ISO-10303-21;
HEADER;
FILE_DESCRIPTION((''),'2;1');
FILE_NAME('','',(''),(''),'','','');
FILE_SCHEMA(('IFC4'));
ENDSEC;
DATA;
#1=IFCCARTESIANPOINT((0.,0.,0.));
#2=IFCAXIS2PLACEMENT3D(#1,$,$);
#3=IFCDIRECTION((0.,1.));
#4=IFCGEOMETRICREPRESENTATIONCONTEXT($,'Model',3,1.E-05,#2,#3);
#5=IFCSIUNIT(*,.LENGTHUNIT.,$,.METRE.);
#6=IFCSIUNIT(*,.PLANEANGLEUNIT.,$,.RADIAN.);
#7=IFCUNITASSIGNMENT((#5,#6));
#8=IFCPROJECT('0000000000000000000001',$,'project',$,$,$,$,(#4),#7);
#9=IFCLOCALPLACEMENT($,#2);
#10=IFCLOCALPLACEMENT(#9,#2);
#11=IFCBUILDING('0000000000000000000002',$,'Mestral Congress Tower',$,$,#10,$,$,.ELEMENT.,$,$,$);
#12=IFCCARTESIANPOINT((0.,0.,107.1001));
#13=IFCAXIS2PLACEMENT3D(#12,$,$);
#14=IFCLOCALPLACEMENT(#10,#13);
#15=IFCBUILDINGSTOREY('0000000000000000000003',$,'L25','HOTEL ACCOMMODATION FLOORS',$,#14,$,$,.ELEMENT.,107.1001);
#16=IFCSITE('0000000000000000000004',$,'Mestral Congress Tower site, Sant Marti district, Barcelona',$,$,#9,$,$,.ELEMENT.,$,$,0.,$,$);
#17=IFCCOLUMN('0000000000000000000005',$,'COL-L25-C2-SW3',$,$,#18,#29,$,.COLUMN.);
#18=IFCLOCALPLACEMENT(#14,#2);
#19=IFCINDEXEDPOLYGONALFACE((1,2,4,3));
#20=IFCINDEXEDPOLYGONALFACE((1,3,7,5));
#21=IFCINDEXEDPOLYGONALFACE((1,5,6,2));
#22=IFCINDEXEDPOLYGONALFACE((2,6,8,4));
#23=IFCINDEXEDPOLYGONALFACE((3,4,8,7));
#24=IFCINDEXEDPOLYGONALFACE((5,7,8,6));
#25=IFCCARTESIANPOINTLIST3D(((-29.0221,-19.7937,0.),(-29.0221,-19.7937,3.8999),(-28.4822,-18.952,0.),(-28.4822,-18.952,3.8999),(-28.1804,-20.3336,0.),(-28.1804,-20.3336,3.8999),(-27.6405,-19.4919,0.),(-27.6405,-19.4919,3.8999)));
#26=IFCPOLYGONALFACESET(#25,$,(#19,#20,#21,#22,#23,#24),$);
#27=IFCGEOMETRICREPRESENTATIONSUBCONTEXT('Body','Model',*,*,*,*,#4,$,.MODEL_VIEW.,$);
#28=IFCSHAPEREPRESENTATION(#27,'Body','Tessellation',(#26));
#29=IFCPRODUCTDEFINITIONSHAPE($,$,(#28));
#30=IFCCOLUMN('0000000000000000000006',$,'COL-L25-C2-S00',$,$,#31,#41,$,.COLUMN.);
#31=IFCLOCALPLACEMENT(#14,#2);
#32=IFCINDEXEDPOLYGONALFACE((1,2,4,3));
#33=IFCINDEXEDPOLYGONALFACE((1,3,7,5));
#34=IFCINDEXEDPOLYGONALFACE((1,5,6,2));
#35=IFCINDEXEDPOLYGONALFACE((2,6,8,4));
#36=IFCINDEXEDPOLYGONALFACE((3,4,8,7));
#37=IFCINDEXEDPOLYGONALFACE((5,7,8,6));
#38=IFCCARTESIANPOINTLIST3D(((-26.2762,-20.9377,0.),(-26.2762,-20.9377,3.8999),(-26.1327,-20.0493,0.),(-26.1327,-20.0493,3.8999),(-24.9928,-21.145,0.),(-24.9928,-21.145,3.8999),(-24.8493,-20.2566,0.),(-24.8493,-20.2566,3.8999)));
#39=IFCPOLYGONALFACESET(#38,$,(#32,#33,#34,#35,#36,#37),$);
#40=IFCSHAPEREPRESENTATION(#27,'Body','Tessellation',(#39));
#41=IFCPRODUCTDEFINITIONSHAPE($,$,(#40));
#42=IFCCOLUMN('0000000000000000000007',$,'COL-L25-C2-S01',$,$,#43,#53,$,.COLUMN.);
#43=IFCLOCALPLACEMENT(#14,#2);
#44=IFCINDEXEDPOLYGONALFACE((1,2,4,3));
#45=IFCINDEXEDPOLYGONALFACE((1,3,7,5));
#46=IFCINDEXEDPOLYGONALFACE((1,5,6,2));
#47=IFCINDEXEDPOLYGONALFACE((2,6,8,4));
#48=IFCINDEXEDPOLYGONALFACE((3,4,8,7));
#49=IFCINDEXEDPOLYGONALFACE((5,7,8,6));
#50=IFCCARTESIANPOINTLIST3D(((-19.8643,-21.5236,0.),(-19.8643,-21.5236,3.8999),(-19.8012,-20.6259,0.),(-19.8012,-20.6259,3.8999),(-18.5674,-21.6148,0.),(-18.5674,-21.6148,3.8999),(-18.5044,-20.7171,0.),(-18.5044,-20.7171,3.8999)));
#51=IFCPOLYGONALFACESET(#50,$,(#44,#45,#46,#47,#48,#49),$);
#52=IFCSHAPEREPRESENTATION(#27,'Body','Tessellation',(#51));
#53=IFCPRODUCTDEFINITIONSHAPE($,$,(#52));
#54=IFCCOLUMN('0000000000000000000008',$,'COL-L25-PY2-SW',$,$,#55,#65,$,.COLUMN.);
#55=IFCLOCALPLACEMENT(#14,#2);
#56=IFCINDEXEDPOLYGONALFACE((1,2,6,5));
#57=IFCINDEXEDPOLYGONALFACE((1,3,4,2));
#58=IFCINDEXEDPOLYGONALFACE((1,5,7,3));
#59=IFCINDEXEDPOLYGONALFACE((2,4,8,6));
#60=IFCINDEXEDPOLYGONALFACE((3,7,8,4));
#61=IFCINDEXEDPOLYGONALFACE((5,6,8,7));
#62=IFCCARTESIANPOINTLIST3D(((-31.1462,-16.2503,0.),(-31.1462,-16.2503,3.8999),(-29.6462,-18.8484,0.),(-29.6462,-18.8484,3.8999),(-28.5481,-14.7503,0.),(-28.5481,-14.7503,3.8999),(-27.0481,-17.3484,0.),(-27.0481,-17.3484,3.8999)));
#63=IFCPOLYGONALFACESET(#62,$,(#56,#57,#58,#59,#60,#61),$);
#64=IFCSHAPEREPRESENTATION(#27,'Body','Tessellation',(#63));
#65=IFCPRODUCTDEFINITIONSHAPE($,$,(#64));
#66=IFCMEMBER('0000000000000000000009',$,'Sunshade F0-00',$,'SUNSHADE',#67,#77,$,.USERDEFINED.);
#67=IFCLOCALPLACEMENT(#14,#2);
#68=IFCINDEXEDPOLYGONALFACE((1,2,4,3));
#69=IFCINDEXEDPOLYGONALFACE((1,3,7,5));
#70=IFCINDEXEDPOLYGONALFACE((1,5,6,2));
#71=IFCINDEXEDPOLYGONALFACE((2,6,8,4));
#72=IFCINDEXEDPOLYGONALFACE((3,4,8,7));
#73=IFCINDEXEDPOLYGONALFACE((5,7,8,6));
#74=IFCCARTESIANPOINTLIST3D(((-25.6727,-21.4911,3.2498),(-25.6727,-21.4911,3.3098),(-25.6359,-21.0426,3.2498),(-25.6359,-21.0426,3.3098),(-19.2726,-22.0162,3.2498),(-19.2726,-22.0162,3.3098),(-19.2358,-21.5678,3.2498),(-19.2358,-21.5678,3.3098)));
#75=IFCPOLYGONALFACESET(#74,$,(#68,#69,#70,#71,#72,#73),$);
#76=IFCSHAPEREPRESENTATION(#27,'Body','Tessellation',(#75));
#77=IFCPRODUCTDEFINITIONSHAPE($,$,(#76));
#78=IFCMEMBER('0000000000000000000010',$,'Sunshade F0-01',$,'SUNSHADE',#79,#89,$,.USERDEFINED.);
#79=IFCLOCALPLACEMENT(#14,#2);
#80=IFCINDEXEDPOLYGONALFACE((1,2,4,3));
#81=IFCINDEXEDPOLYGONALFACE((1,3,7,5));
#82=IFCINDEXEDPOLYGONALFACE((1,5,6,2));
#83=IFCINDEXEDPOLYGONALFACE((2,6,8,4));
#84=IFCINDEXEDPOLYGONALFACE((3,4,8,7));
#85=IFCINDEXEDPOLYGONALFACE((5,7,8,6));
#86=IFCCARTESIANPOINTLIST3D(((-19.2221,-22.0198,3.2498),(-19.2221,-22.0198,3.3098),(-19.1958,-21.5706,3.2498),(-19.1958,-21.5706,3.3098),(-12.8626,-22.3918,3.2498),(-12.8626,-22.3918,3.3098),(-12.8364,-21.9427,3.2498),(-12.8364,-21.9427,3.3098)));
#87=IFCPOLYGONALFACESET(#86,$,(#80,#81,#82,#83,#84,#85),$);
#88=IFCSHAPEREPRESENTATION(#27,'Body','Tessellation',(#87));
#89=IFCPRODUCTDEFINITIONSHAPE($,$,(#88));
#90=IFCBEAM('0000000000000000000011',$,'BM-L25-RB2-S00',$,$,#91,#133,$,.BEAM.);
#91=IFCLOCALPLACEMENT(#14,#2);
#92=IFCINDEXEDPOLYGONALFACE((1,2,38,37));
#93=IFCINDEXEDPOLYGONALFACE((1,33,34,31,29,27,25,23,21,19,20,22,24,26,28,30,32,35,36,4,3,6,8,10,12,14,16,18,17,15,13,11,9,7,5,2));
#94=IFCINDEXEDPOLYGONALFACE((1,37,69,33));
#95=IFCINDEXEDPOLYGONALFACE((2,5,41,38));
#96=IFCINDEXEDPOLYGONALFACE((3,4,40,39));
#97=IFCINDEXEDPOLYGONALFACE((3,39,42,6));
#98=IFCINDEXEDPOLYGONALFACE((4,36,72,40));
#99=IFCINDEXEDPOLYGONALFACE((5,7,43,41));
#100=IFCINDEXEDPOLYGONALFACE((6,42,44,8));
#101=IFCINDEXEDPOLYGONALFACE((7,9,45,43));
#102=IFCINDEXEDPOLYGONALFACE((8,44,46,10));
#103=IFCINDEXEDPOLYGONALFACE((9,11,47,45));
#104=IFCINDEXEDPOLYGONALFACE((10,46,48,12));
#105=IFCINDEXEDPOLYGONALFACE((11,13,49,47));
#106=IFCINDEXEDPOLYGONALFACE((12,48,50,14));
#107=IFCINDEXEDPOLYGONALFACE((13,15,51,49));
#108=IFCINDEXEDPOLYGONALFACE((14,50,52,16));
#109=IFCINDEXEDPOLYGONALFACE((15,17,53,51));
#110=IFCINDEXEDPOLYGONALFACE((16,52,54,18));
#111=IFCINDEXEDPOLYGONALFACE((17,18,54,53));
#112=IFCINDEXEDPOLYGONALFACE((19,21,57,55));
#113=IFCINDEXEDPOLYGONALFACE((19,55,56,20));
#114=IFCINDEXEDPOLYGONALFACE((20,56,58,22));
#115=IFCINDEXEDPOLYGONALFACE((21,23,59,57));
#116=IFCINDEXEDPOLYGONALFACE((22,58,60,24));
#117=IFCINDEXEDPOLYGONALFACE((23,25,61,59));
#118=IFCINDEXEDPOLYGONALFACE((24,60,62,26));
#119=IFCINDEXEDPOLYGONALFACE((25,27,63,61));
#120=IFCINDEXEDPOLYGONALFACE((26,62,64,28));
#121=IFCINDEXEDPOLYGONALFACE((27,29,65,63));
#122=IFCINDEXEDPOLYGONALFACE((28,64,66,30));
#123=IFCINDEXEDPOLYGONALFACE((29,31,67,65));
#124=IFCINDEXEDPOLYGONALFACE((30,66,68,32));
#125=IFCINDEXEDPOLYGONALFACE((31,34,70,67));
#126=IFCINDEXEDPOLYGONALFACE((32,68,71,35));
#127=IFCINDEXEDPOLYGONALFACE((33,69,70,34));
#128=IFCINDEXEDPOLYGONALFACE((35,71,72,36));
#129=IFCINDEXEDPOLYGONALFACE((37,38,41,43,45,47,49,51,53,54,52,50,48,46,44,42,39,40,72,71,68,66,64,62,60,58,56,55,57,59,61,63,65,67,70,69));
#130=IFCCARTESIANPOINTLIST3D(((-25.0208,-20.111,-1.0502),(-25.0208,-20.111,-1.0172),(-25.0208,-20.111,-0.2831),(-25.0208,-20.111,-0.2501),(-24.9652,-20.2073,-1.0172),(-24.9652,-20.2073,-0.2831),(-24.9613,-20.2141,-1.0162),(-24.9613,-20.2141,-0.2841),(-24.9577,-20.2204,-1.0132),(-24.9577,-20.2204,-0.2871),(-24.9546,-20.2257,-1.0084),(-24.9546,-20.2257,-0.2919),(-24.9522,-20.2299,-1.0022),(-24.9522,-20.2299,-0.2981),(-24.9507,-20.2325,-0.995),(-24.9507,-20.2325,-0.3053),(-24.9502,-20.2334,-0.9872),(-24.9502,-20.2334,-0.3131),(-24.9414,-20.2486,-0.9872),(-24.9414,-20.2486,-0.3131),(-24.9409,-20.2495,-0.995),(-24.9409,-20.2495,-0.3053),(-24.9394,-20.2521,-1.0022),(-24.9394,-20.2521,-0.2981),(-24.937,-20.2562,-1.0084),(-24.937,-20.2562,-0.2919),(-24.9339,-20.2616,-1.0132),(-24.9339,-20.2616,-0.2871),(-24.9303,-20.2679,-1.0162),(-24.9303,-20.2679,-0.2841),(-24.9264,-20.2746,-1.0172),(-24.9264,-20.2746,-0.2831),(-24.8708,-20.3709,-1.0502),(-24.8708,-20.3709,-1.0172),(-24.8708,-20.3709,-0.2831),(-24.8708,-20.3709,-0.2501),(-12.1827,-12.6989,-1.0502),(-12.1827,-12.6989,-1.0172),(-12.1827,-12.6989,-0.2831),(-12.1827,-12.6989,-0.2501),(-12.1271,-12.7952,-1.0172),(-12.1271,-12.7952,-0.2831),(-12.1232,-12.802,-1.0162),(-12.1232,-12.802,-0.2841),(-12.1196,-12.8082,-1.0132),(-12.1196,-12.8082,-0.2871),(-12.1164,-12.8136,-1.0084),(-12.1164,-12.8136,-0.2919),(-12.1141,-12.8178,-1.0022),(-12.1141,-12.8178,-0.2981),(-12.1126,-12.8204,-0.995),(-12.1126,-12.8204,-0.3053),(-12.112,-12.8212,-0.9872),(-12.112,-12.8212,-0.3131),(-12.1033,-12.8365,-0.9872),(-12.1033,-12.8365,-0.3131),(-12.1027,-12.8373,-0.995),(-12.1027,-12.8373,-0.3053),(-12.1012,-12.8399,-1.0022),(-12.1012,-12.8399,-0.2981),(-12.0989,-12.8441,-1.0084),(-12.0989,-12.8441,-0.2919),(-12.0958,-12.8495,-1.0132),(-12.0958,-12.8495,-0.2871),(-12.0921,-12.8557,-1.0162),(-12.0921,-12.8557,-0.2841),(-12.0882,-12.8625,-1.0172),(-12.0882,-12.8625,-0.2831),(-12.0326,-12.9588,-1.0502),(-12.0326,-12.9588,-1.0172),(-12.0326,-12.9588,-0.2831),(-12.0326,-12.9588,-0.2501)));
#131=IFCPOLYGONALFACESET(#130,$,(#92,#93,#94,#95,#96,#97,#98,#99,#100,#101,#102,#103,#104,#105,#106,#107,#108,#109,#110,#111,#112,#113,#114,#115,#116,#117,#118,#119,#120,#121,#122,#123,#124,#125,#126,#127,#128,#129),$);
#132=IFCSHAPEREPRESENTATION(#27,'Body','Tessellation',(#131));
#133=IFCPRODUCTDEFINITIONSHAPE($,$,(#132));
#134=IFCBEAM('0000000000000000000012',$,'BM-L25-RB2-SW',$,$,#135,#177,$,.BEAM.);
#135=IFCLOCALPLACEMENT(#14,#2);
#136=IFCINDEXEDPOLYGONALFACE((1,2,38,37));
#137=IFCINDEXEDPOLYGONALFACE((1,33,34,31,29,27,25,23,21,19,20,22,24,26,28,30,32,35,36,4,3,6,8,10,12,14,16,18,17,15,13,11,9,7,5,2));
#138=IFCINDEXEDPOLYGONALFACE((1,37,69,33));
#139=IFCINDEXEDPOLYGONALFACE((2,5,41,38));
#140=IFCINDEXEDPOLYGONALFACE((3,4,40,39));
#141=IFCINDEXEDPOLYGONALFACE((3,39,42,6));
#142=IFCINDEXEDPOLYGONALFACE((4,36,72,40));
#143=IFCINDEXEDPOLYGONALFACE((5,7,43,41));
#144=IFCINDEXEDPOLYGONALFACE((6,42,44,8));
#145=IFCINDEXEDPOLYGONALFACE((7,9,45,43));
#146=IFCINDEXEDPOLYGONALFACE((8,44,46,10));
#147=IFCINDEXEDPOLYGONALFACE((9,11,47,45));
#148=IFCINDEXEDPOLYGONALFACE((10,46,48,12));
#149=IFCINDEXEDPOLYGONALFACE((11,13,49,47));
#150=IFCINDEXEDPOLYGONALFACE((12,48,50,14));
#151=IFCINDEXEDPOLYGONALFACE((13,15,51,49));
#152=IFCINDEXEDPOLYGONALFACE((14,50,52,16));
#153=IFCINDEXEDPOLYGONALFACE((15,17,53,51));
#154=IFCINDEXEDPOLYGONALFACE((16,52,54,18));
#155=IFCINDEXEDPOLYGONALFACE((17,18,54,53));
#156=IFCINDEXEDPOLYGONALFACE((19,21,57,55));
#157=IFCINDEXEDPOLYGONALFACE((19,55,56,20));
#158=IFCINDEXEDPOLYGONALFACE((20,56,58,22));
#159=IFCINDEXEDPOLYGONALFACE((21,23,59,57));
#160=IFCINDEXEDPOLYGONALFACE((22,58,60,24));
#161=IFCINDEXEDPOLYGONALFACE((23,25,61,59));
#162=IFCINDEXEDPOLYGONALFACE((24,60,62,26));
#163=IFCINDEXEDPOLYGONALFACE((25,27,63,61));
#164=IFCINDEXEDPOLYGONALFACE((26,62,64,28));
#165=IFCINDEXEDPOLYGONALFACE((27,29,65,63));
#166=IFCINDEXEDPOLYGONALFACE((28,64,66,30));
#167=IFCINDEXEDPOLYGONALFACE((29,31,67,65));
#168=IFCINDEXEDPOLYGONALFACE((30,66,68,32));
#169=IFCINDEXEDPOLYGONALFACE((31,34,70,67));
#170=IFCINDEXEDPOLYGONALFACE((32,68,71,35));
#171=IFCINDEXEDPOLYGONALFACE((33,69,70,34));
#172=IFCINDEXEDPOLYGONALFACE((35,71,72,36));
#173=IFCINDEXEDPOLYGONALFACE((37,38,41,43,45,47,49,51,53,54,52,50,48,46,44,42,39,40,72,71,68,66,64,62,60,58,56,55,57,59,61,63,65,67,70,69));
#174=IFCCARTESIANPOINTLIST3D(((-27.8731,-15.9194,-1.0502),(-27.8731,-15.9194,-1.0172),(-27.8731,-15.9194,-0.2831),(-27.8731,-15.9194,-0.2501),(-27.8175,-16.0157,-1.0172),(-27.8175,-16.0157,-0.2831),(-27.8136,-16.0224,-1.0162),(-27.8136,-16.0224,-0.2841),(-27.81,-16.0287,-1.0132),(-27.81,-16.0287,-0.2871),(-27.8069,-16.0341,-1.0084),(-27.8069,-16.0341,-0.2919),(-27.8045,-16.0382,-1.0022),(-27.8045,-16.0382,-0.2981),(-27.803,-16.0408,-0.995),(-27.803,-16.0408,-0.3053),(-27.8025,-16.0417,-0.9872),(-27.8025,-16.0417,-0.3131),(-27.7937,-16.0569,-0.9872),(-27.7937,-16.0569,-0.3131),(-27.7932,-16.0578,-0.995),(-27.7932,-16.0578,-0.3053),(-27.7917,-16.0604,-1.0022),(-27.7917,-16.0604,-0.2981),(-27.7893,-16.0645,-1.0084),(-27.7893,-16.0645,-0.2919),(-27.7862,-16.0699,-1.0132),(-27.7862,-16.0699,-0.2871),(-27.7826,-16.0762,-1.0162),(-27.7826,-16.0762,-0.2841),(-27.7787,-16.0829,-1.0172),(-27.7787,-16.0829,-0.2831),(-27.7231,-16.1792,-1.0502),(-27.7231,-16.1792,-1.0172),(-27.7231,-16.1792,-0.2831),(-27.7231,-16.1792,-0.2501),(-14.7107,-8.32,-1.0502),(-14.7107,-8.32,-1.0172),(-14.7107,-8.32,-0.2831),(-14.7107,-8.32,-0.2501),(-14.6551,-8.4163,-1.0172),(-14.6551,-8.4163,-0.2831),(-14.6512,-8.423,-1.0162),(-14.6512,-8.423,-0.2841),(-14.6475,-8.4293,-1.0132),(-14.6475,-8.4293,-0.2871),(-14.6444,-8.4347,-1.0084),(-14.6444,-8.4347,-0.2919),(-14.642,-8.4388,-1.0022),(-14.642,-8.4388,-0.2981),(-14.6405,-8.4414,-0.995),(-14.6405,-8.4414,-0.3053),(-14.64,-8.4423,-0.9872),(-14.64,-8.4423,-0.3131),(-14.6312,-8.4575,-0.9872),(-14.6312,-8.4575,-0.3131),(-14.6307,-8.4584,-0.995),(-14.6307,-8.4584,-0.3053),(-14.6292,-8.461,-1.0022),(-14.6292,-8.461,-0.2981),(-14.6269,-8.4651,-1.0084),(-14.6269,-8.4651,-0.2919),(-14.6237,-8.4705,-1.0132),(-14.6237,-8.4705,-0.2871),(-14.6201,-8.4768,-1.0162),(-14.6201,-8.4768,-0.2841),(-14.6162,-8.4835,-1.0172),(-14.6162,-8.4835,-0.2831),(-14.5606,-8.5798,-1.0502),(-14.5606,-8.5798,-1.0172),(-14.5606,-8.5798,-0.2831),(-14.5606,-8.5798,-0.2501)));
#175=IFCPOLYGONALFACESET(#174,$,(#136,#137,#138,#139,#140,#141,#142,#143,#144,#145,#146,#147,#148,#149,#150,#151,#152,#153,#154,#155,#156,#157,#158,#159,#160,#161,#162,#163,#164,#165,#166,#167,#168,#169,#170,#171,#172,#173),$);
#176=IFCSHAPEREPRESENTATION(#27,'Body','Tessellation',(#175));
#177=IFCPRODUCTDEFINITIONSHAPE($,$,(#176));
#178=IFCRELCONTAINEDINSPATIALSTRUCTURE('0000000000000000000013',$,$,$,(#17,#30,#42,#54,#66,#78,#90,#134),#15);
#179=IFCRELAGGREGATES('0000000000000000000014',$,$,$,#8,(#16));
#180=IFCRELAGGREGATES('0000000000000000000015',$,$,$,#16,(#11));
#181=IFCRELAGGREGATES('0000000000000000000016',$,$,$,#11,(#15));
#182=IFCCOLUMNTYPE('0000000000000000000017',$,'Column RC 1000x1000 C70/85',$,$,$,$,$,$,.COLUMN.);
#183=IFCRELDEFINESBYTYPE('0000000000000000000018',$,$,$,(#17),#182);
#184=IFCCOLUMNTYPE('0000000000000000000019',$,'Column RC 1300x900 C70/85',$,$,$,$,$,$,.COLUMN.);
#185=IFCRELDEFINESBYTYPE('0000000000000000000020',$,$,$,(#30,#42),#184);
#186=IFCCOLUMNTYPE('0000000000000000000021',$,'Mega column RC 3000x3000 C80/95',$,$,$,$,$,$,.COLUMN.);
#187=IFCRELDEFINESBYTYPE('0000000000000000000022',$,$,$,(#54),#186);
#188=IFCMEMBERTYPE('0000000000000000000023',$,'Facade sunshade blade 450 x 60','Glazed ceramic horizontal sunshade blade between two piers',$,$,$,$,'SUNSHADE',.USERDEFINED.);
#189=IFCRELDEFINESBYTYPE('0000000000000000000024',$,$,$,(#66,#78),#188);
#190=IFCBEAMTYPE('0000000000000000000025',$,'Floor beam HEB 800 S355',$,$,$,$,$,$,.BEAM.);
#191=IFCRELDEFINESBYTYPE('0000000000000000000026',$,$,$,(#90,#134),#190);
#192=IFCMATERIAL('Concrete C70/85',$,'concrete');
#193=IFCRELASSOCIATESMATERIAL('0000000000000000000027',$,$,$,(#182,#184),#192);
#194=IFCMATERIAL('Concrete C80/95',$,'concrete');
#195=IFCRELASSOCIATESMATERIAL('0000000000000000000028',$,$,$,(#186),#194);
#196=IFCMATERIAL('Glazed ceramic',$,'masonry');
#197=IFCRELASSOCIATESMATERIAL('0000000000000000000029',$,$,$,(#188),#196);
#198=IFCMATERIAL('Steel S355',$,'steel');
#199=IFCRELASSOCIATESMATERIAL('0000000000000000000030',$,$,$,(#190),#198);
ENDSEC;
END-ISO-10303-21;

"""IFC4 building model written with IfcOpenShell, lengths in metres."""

from ifc_helpers import new_model, si_unit, direction, frame, origin, origin_2d, place, context, subcontext, project, spatial, rectangle, i_section, extrude, material, material_profile, profile_set, type_object, element, save


model = new_model("IFC4")

# Units and contexts
model_context = context("Model", 3, precision=1e-05, world=origin(), true_north=direction((0.0, 1.0)))
body_context = subcontext(model_context, "Body", "Model", "MODEL_VIEW")
ifc_project = project(units=[si_unit("LENGTHUNIT", "METRE"), si_unit("PLANEANGLEUNIT", "RADIAN")], contexts=[model_context])

# Site, building, storey
site_placement = place(None, origin())
site = spatial("IfcSite", under=ifc_project, at=site_placement, Name="Mestral Congress Tower site, Sant Marti district, Barcelona", CompositionType="ELEMENT", RefElevation=0.0)
building_placement = place(site_placement, origin())
building = spatial("IfcBuilding", under=site, at=building_placement, Name="Mestral Congress Tower", CompositionType="ELEMENT")
storey_placement = place(building_placement, frame((0.0, 0.0, 107.1001)))
storey = spatial("IfcBuildingStorey", under=building, at=storey_placement, Name="L25", Description="HOTEL ACCOMMODATION FLOORS", CompositionType="ELEMENT", Elevation=107.1001)

# Columns
ifc_material_1 = material(Name="Concrete C70/85", Category="concrete")
ifc_material_profile_1 = material_profile(ifc_material_1, rectangle(XDim=1.0, YDim=1.0, at=origin_2d()), Name="RC 1000x1000")
ifc_profile_set_1 = profile_set([ifc_material_profile_1], Name="Concrete C70/85")
column_type_1 = type_object("IfcColumnType", Name="Column RC 1000x1000 C70/85", PredefinedType="COLUMN", material=ifc_profile_set_1)
column_1_placement = place(storey_placement, frame((-28.3313, -19.6428, 0.0), z_axis=(0.0, 0.0, 1.0), x_axis=(0.8417, -0.539945, 0.0)))
element("IfcColumn", 1, at=column_1_placement, inside=storey, type_object=column_type_1, Name="COL-L25-C2-SW3", PredefinedType="COLUMN", context=body_context, shape_type="SweptSolid", body=[
    extrude(rectangle(XDim=1.0, YDim=1.0, at=origin_2d()), origin(), (0.0, 0.0, 1.0), 3.8999),
])
ifc_material_profile_2 = material_profile(ifc_material_1, rectangle(XDim=1.3, YDim=0.8999, at=origin_2d()), Name="RC 1300x900")
ifc_profile_set_2 = profile_set([ifc_material_profile_2], Name="Concrete C70/85")
column_type_2 = type_object("IfcColumnType", Name="Column RC 1300x900 C70/85", PredefinedType="COLUMN", material=ifc_profile_set_2)
for number, where, z_axis, x_axis, name in (
    (2, (-25.5627, -20.5972, 0.0), (0.0, 0.0, 1.0), (0.987202, -0.159473, 0.0), "COL-L25-C2-S00"),
    (3, (-19.1843, -21.1204, 0.0), (0.0, 0.0, 1.0), (0.99754, -0.070101, 0.0), "COL-L25-C2-S01"),
):
    element("IfcColumn", number, at=place(storey_placement, frame(where, z_axis=z_axis, x_axis=x_axis)), inside=storey, type_object=column_type_2, Name=name, PredefinedType="COLUMN", context=body_context, shape_type="SweptSolid", body=[
        extrude(rectangle(XDim=1.3, YDim=0.8999, at=origin_2d()), origin(), (0.0, 0.0, 1.0), 3.8999),
    ])
ifc_material_2 = material(Name="Concrete C80/95", Category="concrete")
ifc_material_profile_3 = material_profile(ifc_material_2, rectangle(XDim=3.0, YDim=3.0, at=origin_2d()), Name="RC 3000x3000")
ifc_profile_set_3 = profile_set([ifc_material_profile_3], Name="Concrete C80/95")
column_type_3 = type_object("IfcColumnType", Name="Mega column RC 3000x3000 C80/95", PredefinedType="COLUMN", material=ifc_profile_set_3)
column_2_placement = place(storey_placement, frame((-29.0972, -16.7993, 0.0), z_axis=(0.0, 0.0, 1.0), x_axis=(-0.866025, -0.5, 0.0)))
element("IfcColumn", 4, at=column_2_placement, inside=storey, type_object=column_type_3, Name="COL-L25-PY2-SW", PredefinedType="COLUMN", context=body_context, shape_type="SweptSolid", body=[
    extrude(rectangle(XDim=3.0, YDim=3.0, at=origin_2d()), origin(), (0.0, 0.0, 1.0), 3.8999),
])

# Members
ifc_material_3 = material(Name="Glazed ceramic", Category="masonry")
ifc_material_profile_4 = material_profile(ifc_material_3, rectangle(XDim=0.45, YDim=0.0601, at=origin_2d()), Name="Ceramic blade 450 x 60")
ifc_profile_set_4 = profile_set([ifc_material_profile_4], Name="Glazed ceramic")
member_type = type_object("IfcMemberType", Name="Facade sunshade blade 450 x 60", Description="Glazed ceramic horizontal sunshade blade between two piers", ElementType="SUNSHADE", PredefinedType="USERDEFINED", material=ifc_profile_set_4)
member_1_placement = place(storey_placement, frame((-25.6543, -21.2668, 3.2798), z_axis=(0.996651, -0.081777, 0.0), x_axis=(0.081777, 0.996651, 0.0)))
element("IfcMember", 5, at=member_1_placement, inside=storey, type_object=member_type, Name="Sunshade F0-00", ObjectType="SUNSHADE", PredefinedType="USERDEFINED", context=body_context, shape_type="SweptSolid", body=[
    extrude(rectangle(XDim=0.45, YDim=0.0601, at=origin_2d()), origin(), (0.0, 0.0, 1.0), 6.4216),
])
member_2_placement = place(storey_placement, frame((-19.209, -21.7952, 3.2798), z_axis=(0.998293, -0.058407, 0.0), x_axis=(0.058407, 0.998293, 0.0)))
element("IfcMember", 6, at=member_2_placement, inside=storey, type_object=member_type, Name="Sunshade F0-01", ObjectType="SUNSHADE", PredefinedType="USERDEFINED", context=body_context, shape_type="SweptSolid", body=[
    extrude(rectangle(XDim=0.45, YDim=0.0601, at=origin_2d()), origin(), (0.0, 0.0, 1.0), 6.3704),
])

# Beams
ifc_material_4 = material(Name="Steel S355", Category="steel")
ifc_material_profile_5 = material_profile(ifc_material_4, i_section(OverallWidth=0.3, OverallDepth=0.8, WebThickness=0.0176, FlangeThickness=0.033, FilletRadius=0.03, at=origin_2d()), Name="HEB 800")
ifc_profile_set_5 = profile_set([ifc_material_profile_5], Name="Steel S355")
beam_type_1 = type_object("IfcBeamType", Name="Floor beam HEB 800 S355", PredefinedType="BEAM", material=ifc_profile_set_5)
beam_1_placement = place(storey_placement, frame((-24.9458, -20.241, -0.6501), z_axis=(0.866025, 0.5, 0.0), x_axis=(-0.5, 0.866025, 0.0)))
element("IfcBeam", 7, at=beam_1_placement, inside=storey, type_object=beam_type_1, Name="BM-L25-RB2-S00", PredefinedType="BEAM", context=body_context, shape_type="SweptSolid", body=[
    extrude(i_section(OverallWidth=0.3, OverallDepth=0.8, WebThickness=0.0176, FlangeThickness=0.033, FilletRadius=0.03, at=origin_2d()), origin(), (0.0, 0.0, 1.0), 14.8242),
])
beam_2_placement = place(storey_placement, frame((-27.7981, -16.0493, -0.6501), z_axis=(0.866023, 0.500004, 0.0), x_axis=(-0.500004, 0.866023, 0.0)))
element("IfcBeam", 8, at=beam_2_placement, inside=storey, type_object=beam_type_1, Name="BM-L25-RB2-SW", PredefinedType="BEAM", context=body_context, shape_type="SweptSolid", body=[
    extrude(i_section(OverallWidth=0.3, OverallDepth=0.8, WebThickness=0.0176, FlangeThickness=0.033, FilletRadius=0.03, at=origin_2d()), origin(), (0.0, 0.0, 1.0), 15.1987),
])

save(model, "model.ifc")
